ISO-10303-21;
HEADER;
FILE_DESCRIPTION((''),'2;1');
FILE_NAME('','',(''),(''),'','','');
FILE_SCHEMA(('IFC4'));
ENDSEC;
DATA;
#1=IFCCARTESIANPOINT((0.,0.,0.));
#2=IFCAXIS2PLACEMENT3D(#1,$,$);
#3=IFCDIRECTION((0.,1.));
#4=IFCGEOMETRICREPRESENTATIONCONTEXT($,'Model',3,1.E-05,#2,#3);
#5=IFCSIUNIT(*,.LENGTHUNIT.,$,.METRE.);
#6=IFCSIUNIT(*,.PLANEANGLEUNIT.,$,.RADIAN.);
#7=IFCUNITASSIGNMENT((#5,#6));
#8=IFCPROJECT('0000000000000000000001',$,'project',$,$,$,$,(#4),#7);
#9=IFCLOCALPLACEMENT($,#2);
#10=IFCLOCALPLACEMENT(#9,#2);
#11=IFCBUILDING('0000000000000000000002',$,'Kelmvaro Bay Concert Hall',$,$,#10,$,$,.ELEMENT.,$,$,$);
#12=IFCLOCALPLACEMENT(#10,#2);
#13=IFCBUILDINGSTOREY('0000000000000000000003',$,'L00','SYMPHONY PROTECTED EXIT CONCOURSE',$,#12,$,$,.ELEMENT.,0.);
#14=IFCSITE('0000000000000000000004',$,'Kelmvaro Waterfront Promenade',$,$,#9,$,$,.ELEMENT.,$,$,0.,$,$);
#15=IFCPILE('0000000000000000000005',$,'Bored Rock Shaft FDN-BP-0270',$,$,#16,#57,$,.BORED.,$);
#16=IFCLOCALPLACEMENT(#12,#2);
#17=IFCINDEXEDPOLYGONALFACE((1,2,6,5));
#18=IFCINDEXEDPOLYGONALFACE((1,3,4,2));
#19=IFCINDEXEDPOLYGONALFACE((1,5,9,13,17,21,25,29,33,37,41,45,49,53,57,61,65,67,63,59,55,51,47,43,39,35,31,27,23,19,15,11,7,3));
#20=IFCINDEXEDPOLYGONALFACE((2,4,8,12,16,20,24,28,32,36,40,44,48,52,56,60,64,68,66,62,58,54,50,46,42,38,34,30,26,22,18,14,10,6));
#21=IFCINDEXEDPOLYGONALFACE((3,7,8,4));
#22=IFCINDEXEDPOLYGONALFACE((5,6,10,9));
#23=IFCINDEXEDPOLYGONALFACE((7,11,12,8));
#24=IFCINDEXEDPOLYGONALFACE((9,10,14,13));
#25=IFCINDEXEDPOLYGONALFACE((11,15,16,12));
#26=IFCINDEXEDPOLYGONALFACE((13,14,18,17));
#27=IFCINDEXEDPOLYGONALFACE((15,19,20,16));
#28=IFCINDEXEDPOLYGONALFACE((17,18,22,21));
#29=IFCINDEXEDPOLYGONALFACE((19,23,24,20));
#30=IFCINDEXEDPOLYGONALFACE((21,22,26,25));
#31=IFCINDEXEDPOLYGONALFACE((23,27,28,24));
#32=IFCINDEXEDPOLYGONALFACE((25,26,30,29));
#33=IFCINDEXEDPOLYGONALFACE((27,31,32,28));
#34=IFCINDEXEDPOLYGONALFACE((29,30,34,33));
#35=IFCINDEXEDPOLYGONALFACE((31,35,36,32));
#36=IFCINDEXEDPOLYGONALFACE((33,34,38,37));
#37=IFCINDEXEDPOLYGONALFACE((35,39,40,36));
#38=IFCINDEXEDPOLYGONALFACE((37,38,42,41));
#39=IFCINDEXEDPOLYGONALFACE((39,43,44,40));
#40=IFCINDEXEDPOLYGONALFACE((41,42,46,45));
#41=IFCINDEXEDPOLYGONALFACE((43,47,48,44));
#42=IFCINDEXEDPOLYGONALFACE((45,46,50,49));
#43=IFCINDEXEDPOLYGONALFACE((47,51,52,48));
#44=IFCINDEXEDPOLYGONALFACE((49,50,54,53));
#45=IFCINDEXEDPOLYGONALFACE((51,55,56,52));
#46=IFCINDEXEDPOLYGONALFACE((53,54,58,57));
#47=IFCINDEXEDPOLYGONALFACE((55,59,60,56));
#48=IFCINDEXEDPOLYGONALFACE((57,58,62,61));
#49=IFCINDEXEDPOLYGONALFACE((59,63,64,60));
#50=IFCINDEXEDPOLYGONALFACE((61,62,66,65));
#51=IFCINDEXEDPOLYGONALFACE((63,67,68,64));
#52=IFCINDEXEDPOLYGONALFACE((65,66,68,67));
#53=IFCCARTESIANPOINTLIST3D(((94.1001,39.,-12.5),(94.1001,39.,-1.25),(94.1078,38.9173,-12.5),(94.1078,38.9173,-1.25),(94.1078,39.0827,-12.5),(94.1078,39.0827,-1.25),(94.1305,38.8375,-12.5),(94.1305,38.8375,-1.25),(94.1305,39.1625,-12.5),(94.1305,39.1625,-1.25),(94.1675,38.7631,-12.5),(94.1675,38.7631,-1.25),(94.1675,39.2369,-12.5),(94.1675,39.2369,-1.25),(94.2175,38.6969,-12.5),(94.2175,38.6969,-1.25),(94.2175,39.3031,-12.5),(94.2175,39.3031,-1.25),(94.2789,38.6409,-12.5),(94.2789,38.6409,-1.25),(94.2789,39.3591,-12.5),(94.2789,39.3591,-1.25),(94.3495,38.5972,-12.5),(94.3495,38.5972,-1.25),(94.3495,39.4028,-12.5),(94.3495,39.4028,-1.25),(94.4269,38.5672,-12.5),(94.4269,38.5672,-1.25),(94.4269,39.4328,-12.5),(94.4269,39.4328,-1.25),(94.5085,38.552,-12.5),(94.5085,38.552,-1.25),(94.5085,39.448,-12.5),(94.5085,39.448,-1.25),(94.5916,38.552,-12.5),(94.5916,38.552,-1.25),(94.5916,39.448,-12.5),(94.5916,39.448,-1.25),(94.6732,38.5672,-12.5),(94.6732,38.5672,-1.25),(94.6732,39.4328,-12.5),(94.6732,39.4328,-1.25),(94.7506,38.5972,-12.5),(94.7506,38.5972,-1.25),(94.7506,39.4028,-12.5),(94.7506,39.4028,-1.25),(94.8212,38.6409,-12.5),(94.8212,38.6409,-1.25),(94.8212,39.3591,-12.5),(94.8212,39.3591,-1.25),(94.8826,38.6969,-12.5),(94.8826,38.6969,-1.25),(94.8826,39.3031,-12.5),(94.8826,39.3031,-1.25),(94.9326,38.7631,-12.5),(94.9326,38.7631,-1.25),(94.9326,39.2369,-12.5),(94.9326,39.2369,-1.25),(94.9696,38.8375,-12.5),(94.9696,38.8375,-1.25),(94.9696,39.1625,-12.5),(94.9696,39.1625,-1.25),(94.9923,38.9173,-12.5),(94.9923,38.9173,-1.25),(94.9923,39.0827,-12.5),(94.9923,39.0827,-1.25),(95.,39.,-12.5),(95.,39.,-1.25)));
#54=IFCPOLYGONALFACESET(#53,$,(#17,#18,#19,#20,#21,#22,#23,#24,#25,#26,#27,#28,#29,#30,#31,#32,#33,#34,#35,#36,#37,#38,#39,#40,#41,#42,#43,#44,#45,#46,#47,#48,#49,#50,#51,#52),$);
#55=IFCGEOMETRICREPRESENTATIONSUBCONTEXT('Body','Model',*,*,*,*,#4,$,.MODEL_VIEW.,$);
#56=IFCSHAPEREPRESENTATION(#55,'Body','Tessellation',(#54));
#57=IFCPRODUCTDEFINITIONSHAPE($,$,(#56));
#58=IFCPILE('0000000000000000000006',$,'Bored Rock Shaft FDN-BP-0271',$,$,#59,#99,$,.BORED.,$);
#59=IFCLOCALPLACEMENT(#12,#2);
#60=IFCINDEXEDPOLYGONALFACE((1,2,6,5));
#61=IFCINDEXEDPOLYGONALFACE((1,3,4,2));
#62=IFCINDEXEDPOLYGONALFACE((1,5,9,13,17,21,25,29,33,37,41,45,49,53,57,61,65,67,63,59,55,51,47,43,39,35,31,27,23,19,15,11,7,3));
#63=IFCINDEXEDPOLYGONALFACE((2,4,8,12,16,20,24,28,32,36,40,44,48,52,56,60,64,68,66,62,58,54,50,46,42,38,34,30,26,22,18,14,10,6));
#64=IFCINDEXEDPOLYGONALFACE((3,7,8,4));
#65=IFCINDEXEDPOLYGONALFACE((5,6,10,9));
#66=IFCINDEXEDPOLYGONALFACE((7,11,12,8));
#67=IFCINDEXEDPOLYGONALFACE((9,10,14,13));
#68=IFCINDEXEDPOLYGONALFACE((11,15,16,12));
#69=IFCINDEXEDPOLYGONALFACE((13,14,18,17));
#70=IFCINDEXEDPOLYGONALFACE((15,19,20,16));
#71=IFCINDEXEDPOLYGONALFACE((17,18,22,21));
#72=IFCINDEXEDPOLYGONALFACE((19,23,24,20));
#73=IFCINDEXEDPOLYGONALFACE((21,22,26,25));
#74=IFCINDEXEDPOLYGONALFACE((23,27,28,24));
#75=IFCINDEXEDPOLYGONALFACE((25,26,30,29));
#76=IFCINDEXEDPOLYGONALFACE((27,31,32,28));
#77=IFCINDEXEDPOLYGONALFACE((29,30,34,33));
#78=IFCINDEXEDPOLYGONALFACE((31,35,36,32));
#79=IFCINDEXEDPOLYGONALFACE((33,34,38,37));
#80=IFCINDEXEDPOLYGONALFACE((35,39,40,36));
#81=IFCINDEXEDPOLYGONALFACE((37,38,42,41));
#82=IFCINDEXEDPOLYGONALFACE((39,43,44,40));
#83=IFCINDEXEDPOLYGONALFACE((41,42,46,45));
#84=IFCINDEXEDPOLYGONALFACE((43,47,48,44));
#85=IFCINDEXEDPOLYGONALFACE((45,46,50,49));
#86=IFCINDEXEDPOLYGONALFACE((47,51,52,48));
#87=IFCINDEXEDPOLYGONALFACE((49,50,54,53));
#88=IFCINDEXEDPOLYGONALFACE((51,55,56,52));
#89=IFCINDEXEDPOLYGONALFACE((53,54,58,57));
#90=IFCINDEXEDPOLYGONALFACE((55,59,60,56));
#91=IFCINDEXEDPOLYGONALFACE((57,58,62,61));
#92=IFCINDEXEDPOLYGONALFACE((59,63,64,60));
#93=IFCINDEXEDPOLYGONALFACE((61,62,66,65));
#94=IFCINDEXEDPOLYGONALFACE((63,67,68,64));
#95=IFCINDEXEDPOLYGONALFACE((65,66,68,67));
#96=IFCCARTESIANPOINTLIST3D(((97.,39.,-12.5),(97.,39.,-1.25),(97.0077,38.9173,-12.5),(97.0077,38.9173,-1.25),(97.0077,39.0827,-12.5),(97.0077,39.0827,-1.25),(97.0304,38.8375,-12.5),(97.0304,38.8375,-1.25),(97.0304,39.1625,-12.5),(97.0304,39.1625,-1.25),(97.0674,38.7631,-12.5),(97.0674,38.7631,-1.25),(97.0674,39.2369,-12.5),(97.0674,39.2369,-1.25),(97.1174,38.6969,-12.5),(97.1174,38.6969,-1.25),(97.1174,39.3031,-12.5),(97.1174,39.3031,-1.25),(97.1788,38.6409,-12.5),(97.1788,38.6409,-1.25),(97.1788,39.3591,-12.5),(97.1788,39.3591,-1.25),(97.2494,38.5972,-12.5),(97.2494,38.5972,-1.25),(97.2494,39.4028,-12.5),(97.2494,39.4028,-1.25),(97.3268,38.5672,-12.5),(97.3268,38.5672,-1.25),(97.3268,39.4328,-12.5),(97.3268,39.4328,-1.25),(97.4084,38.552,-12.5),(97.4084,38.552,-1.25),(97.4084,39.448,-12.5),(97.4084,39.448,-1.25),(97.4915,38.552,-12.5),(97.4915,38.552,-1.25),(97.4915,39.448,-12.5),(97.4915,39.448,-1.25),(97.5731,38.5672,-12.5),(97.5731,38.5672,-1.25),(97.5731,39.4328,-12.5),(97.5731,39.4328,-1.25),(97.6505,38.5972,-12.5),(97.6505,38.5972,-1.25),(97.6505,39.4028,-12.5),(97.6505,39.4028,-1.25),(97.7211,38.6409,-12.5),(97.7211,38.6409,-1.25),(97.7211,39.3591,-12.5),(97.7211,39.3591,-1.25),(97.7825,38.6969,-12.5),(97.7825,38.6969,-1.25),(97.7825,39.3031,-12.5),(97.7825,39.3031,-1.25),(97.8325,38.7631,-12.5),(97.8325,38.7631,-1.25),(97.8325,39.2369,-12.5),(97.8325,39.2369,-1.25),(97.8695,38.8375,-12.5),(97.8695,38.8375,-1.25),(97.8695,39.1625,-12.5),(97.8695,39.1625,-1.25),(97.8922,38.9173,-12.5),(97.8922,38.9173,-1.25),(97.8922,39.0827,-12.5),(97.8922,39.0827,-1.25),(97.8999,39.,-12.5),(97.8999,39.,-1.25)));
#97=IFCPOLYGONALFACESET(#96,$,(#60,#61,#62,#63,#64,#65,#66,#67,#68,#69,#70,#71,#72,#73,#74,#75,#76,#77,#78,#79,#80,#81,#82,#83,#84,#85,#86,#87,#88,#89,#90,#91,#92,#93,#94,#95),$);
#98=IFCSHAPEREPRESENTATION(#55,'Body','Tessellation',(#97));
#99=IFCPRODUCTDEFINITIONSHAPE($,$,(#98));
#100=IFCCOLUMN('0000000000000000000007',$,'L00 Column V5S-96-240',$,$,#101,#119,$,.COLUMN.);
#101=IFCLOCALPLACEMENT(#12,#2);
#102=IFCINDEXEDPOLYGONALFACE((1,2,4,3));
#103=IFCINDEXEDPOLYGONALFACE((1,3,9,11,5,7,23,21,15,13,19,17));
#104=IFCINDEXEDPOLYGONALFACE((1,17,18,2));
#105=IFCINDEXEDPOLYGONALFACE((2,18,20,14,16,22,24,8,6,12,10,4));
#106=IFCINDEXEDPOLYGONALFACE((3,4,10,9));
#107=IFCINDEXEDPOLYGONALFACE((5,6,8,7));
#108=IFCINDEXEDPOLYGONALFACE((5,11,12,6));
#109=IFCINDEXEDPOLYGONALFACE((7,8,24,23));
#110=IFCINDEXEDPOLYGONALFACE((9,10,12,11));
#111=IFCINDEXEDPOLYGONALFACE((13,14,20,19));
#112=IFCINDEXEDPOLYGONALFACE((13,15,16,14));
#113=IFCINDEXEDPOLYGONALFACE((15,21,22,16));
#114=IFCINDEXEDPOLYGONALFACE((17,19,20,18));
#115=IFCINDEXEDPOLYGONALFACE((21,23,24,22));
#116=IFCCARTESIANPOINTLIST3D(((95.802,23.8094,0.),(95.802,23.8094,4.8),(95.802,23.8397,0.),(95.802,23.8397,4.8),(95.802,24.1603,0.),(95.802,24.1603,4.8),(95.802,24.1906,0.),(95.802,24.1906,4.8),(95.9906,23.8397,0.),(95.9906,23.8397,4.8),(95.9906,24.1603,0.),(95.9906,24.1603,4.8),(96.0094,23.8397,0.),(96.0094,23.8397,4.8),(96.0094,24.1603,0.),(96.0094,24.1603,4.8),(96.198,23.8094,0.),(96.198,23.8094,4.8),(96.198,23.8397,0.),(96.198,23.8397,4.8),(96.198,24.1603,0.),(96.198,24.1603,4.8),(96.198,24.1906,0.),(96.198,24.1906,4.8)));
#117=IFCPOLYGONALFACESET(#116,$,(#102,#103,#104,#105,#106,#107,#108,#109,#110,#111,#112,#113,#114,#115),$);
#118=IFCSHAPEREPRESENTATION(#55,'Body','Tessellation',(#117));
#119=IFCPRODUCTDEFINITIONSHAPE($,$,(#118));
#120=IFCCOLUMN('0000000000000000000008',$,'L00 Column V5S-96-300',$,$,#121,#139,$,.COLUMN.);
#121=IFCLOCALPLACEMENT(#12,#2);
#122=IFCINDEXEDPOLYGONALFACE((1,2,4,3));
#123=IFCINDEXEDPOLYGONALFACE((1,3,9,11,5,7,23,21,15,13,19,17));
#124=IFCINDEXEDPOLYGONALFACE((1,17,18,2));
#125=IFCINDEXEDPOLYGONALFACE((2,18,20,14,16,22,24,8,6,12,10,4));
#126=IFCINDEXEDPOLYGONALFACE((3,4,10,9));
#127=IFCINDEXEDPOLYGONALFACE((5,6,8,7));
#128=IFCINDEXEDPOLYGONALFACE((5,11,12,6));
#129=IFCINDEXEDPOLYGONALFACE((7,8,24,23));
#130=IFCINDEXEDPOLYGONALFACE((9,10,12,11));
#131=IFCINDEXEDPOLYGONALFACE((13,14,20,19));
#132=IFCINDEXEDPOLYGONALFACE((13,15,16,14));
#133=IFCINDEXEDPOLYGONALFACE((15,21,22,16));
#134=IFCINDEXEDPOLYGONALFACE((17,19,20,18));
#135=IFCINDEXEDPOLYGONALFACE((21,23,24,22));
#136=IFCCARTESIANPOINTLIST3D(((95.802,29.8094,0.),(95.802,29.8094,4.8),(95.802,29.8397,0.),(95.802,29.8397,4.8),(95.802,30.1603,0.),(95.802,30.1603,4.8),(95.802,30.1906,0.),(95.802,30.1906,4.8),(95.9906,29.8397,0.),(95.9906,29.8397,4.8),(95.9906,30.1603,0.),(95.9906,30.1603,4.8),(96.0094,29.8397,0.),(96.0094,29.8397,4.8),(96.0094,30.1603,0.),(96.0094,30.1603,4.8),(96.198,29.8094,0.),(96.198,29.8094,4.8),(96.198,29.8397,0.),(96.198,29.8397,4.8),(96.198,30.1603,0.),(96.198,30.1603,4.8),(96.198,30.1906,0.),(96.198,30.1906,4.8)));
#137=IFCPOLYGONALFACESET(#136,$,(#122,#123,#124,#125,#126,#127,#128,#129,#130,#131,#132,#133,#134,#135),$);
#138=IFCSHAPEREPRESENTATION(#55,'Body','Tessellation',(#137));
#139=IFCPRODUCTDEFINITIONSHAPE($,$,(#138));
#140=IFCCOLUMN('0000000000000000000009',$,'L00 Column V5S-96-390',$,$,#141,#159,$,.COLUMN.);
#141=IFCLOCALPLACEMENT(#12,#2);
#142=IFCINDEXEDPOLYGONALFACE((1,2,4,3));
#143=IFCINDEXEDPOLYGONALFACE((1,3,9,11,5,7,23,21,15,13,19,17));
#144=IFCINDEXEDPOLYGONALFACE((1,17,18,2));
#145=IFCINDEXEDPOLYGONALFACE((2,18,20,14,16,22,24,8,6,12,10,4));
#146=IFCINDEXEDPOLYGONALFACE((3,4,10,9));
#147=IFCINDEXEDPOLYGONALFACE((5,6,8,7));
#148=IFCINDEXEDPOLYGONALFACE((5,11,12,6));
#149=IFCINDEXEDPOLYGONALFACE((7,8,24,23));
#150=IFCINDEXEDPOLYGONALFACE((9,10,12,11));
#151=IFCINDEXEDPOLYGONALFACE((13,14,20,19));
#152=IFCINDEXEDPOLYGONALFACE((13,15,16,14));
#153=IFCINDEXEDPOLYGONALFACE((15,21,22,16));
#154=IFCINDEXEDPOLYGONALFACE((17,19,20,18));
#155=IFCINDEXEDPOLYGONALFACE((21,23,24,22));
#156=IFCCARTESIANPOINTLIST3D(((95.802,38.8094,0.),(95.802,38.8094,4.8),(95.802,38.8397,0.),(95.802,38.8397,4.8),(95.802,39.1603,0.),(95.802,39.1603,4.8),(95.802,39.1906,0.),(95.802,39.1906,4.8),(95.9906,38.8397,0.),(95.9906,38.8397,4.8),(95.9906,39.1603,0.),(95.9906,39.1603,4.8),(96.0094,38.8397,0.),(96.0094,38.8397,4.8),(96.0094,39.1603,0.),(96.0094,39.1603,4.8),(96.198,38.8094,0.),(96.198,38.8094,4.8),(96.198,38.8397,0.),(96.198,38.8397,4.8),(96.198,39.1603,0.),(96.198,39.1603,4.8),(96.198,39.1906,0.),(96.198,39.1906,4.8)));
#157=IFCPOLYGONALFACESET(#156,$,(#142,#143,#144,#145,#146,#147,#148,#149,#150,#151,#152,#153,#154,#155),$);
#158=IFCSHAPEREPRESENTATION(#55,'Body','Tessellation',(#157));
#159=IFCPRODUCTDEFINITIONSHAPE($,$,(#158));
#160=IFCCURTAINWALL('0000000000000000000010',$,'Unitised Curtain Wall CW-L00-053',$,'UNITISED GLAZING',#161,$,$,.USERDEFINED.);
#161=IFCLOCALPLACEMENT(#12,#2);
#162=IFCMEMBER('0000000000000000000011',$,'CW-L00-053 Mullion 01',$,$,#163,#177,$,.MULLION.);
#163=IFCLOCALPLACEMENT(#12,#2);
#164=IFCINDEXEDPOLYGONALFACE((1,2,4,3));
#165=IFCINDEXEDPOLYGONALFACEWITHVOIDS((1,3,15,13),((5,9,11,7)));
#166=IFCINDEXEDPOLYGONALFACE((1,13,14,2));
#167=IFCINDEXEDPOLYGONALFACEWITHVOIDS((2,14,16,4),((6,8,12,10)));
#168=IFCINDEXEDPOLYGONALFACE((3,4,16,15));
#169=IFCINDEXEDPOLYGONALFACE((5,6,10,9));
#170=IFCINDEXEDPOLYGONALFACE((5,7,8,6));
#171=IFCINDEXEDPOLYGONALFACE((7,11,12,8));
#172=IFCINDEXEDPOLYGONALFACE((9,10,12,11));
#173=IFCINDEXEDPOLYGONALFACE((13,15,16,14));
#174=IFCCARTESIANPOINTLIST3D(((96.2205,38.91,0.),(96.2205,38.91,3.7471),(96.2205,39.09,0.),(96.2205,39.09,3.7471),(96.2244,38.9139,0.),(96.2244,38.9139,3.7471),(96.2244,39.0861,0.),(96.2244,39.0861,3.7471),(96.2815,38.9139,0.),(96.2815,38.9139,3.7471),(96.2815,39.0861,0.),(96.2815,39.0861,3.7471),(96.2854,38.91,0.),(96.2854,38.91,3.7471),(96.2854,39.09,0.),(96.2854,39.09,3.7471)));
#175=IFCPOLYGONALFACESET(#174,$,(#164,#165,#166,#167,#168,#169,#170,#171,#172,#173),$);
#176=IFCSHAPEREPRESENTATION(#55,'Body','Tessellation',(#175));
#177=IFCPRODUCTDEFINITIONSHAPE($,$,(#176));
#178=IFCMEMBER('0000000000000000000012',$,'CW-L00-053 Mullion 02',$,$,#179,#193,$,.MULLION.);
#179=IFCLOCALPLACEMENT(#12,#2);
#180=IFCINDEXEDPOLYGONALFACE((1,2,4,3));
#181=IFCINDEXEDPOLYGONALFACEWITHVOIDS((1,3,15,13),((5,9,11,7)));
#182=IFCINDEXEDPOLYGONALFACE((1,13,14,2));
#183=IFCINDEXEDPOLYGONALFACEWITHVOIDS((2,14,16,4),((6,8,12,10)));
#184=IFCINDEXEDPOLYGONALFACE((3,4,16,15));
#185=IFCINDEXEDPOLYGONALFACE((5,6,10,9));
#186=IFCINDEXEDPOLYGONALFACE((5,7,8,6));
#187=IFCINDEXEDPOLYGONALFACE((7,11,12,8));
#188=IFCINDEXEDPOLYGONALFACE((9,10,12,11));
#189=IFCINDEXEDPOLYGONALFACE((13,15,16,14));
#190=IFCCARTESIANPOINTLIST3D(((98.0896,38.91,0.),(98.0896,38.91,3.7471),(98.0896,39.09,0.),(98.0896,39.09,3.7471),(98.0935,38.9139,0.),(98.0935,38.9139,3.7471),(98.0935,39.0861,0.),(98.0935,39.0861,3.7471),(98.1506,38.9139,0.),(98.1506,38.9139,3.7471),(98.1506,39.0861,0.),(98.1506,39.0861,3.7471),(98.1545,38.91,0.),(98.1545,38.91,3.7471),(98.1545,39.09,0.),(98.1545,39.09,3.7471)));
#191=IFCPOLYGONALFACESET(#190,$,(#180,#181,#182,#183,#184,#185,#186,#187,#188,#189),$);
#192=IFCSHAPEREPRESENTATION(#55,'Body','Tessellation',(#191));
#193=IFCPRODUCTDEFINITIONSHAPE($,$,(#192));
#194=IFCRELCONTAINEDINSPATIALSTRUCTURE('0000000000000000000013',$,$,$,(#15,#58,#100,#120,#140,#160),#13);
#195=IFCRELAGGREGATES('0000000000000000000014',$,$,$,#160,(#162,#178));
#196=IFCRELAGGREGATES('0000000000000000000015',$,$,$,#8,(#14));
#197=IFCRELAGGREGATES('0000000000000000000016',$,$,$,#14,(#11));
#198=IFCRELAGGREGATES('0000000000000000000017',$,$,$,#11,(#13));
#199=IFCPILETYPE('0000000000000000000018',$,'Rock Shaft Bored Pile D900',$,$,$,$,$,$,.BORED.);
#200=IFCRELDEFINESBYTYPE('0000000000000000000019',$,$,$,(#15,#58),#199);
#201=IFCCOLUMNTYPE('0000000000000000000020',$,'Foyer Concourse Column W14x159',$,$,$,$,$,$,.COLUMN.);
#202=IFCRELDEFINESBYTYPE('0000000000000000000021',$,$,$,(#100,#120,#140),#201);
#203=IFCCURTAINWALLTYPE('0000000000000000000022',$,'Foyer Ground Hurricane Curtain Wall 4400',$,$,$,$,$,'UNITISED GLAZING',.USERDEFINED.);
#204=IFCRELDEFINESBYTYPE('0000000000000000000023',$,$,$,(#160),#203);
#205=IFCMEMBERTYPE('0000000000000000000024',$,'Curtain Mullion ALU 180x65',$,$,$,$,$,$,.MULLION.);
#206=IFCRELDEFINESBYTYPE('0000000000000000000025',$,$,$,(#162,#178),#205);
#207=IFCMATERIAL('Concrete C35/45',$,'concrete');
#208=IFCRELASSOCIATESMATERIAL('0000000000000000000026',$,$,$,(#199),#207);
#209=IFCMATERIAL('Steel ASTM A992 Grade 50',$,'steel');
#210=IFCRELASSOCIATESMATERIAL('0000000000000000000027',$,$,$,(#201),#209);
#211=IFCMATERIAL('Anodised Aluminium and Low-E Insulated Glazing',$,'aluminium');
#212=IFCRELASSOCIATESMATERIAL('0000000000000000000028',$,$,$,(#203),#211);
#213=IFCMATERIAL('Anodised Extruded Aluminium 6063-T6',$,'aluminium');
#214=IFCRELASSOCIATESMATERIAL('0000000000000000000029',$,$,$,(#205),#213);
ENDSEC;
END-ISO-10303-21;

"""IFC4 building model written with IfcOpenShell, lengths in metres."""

from ifc_helpers import new_model, si_unit, direction, frame, origin, origin_2d, place, context, subcontext, project, spatial, hollow_rectangle, circle, i_section, extrude, material, material_profile, profile_set, type_object, element, aggregate, save


model = new_model("IFC4")

# Units and contexts
model_context = context("Model", 3, precision=1e-05, world=origin(), true_north=direction((0.0, 1.0)))
body_context = subcontext(model_context, "Body", "Model", "MODEL_VIEW")
ifc_project = project(units=[si_unit("LENGTHUNIT", "METRE"), si_unit("PLANEANGLEUNIT", "RADIAN")], contexts=[model_context])

# Site, building, storey
site_placement = place(None, origin())
site = spatial("IfcSite", under=ifc_project, at=site_placement, Name="Kelmvaro Waterfront Promenade", CompositionType="ELEMENT", RefElevation=0.0)
building_placement = place(site_placement, origin())
building = spatial("IfcBuilding", under=site, at=building_placement, Name="Kelmvaro Bay Concert Hall", CompositionType="ELEMENT")
storey_placement = place(building_placement, origin())
storey = spatial("IfcBuildingStorey", under=building, at=storey_placement, Name="L00", Description="SYMPHONY PROTECTED EXIT CONCOURSE", CompositionType="ELEMENT", Elevation=0.0)

# Piles
ifc_material_1 = material(Name="Concrete C35/45", Category="concrete")
ifc_material_profile_1 = material_profile(ifc_material_1, circle(Radius=0.45, at=origin_2d()), Name="PILE-BORED-900")
ifc_profile_set_1 = profile_set([ifc_material_profile_1], Name="Concrete C35/45")
pile_type = type_object("IfcPileType", Name="Rock Shaft Bored Pile D900", PredefinedType="BORED", material=ifc_profile_set_1)
for number, where, z_axis, x_axis, name in (
    (1, (94.55, 39.0, -1.25), (0.0, 0.0, -1.0), (1.0, 0.0, 0.0), "Bored Rock Shaft FDN-BP-0270"),
    (2, (97.45, 39.0, -1.25), (0.0, 0.0, -1.0), (1.0, 0.0, 0.0), "Bored Rock Shaft FDN-BP-0271"),
):
    element("IfcPile", number, at=place(storey_placement, frame(where, z_axis=z_axis, x_axis=x_axis)), inside=storey, type_object=pile_type, Name=name, PredefinedType="BORED", context=body_context, shape_type="SweptSolid", body=[
        extrude(circle(Radius=0.45, at=origin_2d()), origin(), (0.0, 0.0, 1.0), 11.25),
    ])

# Columns
ifc_material_2 = material(Name="Steel ASTM A992 Grade 50", Category="steel")
ifc_material_profile_2 = material_profile(ifc_material_2, i_section(OverallWidth=0.396, OverallDepth=0.3811, WebThickness=0.0188, FlangeThickness=0.0303, at=origin_2d()), Name="W14X159")
ifc_profile_set_2 = profile_set([ifc_material_profile_2], Name="Steel ASTM A992 Grade 50")
column_type = type_object("IfcColumnType", Name="Foyer Concourse Column W14x159", PredefinedType="COLUMN", material=ifc_profile_set_2)
for number, where, z_axis, x_axis, name in (
    (3, (96.0, 24.0, 0.0), (0.0, 0.0, 1.0), (1.0, 0.0, 0.0), "L00 Column V5S-96-240"),
    (4, (96.0, 30.0, 0.0), (0.0, 0.0, 1.0), (1.0, 0.0, 0.0), "L00 Column V5S-96-300"),
    (5, (96.0, 39.0, 0.0), (0.0, 0.0, 1.0), (1.0, 0.0, 0.0), "L00 Column V5S-96-390"),
):
    element("IfcColumn", number, at=place(storey_placement, frame(where, z_axis=z_axis, x_axis=x_axis)), inside=storey, type_object=column_type, Name=name, PredefinedType="COLUMN", context=body_context, shape_type="SweptSolid", body=[
        extrude(i_section(OverallWidth=0.396, OverallDepth=0.3811, WebThickness=0.0188, FlangeThickness=0.0303, at=origin_2d()), origin(), (0.0, 0.0, 1.0), 4.8),
    ])

# Curtain wall, members
ifc_material_3 = material(Name="Anodised Aluminium and Low-E Insulated Glazing", Category="aluminium")
curtain_wall_type = type_object("IfcCurtainWallType", Name="Foyer Ground Hurricane Curtain Wall 4400", ElementType="UNITISED GLAZING", PredefinedType="USERDEFINED", material=ifc_material_3)
curtain_wall_placement = place(storey_placement, origin())
curtain_wall = element("IfcCurtainWall", 6, at=curtain_wall_placement, inside=storey, type_object=curtain_wall_type, Name="Unitised Curtain Wall CW-L00-053", ObjectType="UNITISED GLAZING", PredefinedType="USERDEFINED")
ifc_material_4 = material(Name="Anodised Extruded Aluminium 6063-T6", Category="aluminium")
ifc_material_profile_3 = material_profile(ifc_material_4, hollow_rectangle(XDim=0.0649, YDim=0.1799, WallThickness=0.0039, at=origin_2d()), Name="ALU-MUL-180X65")
ifc_profile_set_3 = profile_set([ifc_material_profile_3], Name="Anodised Extruded Aluminium 6063-T6")
member_type_1 = type_object("IfcMemberType", Name="Curtain Mullion ALU 180x65", PredefinedType="MULLION", material=ifc_profile_set_3)
member_1_placement = place(storey_placement, frame((96.2529, 39.0, 0.0), z_axis=(0.0, 0.0, 1.0), x_axis=(1.0, 0.0, 0.0)))
member_1 = element("IfcMember", 7, at=member_1_placement, type_object=member_type_1, Name="CW-L00-053 Mullion 01", PredefinedType="MULLION", context=body_context, shape_type="SweptSolid", body=[
    extrude(hollow_rectangle(XDim=0.0649, YDim=0.1799, WallThickness=0.0039, at=origin_2d()), origin(), (0.0, 0.0, 1.0), 3.7471),
])
member_2_placement = place(storey_placement, frame((98.1221, 39.0, 0.0), z_axis=(0.0, 0.0, 1.0), x_axis=(1.0, 0.0, 0.0)))
member_2 = element("IfcMember", 8, at=member_2_placement, type_object=member_type_1, Name="CW-L00-053 Mullion 02", PredefinedType="MULLION", context=body_context, shape_type="SweptSolid", body=[
    extrude(hollow_rectangle(XDim=0.0649, YDim=0.1799, WallThickness=0.0039, at=origin_2d()), origin(), (0.0, 0.0, 1.0), 3.7471),
])
aggregate(curtain_wall, [member_1, member_2])

save(model, "model.ifc")
